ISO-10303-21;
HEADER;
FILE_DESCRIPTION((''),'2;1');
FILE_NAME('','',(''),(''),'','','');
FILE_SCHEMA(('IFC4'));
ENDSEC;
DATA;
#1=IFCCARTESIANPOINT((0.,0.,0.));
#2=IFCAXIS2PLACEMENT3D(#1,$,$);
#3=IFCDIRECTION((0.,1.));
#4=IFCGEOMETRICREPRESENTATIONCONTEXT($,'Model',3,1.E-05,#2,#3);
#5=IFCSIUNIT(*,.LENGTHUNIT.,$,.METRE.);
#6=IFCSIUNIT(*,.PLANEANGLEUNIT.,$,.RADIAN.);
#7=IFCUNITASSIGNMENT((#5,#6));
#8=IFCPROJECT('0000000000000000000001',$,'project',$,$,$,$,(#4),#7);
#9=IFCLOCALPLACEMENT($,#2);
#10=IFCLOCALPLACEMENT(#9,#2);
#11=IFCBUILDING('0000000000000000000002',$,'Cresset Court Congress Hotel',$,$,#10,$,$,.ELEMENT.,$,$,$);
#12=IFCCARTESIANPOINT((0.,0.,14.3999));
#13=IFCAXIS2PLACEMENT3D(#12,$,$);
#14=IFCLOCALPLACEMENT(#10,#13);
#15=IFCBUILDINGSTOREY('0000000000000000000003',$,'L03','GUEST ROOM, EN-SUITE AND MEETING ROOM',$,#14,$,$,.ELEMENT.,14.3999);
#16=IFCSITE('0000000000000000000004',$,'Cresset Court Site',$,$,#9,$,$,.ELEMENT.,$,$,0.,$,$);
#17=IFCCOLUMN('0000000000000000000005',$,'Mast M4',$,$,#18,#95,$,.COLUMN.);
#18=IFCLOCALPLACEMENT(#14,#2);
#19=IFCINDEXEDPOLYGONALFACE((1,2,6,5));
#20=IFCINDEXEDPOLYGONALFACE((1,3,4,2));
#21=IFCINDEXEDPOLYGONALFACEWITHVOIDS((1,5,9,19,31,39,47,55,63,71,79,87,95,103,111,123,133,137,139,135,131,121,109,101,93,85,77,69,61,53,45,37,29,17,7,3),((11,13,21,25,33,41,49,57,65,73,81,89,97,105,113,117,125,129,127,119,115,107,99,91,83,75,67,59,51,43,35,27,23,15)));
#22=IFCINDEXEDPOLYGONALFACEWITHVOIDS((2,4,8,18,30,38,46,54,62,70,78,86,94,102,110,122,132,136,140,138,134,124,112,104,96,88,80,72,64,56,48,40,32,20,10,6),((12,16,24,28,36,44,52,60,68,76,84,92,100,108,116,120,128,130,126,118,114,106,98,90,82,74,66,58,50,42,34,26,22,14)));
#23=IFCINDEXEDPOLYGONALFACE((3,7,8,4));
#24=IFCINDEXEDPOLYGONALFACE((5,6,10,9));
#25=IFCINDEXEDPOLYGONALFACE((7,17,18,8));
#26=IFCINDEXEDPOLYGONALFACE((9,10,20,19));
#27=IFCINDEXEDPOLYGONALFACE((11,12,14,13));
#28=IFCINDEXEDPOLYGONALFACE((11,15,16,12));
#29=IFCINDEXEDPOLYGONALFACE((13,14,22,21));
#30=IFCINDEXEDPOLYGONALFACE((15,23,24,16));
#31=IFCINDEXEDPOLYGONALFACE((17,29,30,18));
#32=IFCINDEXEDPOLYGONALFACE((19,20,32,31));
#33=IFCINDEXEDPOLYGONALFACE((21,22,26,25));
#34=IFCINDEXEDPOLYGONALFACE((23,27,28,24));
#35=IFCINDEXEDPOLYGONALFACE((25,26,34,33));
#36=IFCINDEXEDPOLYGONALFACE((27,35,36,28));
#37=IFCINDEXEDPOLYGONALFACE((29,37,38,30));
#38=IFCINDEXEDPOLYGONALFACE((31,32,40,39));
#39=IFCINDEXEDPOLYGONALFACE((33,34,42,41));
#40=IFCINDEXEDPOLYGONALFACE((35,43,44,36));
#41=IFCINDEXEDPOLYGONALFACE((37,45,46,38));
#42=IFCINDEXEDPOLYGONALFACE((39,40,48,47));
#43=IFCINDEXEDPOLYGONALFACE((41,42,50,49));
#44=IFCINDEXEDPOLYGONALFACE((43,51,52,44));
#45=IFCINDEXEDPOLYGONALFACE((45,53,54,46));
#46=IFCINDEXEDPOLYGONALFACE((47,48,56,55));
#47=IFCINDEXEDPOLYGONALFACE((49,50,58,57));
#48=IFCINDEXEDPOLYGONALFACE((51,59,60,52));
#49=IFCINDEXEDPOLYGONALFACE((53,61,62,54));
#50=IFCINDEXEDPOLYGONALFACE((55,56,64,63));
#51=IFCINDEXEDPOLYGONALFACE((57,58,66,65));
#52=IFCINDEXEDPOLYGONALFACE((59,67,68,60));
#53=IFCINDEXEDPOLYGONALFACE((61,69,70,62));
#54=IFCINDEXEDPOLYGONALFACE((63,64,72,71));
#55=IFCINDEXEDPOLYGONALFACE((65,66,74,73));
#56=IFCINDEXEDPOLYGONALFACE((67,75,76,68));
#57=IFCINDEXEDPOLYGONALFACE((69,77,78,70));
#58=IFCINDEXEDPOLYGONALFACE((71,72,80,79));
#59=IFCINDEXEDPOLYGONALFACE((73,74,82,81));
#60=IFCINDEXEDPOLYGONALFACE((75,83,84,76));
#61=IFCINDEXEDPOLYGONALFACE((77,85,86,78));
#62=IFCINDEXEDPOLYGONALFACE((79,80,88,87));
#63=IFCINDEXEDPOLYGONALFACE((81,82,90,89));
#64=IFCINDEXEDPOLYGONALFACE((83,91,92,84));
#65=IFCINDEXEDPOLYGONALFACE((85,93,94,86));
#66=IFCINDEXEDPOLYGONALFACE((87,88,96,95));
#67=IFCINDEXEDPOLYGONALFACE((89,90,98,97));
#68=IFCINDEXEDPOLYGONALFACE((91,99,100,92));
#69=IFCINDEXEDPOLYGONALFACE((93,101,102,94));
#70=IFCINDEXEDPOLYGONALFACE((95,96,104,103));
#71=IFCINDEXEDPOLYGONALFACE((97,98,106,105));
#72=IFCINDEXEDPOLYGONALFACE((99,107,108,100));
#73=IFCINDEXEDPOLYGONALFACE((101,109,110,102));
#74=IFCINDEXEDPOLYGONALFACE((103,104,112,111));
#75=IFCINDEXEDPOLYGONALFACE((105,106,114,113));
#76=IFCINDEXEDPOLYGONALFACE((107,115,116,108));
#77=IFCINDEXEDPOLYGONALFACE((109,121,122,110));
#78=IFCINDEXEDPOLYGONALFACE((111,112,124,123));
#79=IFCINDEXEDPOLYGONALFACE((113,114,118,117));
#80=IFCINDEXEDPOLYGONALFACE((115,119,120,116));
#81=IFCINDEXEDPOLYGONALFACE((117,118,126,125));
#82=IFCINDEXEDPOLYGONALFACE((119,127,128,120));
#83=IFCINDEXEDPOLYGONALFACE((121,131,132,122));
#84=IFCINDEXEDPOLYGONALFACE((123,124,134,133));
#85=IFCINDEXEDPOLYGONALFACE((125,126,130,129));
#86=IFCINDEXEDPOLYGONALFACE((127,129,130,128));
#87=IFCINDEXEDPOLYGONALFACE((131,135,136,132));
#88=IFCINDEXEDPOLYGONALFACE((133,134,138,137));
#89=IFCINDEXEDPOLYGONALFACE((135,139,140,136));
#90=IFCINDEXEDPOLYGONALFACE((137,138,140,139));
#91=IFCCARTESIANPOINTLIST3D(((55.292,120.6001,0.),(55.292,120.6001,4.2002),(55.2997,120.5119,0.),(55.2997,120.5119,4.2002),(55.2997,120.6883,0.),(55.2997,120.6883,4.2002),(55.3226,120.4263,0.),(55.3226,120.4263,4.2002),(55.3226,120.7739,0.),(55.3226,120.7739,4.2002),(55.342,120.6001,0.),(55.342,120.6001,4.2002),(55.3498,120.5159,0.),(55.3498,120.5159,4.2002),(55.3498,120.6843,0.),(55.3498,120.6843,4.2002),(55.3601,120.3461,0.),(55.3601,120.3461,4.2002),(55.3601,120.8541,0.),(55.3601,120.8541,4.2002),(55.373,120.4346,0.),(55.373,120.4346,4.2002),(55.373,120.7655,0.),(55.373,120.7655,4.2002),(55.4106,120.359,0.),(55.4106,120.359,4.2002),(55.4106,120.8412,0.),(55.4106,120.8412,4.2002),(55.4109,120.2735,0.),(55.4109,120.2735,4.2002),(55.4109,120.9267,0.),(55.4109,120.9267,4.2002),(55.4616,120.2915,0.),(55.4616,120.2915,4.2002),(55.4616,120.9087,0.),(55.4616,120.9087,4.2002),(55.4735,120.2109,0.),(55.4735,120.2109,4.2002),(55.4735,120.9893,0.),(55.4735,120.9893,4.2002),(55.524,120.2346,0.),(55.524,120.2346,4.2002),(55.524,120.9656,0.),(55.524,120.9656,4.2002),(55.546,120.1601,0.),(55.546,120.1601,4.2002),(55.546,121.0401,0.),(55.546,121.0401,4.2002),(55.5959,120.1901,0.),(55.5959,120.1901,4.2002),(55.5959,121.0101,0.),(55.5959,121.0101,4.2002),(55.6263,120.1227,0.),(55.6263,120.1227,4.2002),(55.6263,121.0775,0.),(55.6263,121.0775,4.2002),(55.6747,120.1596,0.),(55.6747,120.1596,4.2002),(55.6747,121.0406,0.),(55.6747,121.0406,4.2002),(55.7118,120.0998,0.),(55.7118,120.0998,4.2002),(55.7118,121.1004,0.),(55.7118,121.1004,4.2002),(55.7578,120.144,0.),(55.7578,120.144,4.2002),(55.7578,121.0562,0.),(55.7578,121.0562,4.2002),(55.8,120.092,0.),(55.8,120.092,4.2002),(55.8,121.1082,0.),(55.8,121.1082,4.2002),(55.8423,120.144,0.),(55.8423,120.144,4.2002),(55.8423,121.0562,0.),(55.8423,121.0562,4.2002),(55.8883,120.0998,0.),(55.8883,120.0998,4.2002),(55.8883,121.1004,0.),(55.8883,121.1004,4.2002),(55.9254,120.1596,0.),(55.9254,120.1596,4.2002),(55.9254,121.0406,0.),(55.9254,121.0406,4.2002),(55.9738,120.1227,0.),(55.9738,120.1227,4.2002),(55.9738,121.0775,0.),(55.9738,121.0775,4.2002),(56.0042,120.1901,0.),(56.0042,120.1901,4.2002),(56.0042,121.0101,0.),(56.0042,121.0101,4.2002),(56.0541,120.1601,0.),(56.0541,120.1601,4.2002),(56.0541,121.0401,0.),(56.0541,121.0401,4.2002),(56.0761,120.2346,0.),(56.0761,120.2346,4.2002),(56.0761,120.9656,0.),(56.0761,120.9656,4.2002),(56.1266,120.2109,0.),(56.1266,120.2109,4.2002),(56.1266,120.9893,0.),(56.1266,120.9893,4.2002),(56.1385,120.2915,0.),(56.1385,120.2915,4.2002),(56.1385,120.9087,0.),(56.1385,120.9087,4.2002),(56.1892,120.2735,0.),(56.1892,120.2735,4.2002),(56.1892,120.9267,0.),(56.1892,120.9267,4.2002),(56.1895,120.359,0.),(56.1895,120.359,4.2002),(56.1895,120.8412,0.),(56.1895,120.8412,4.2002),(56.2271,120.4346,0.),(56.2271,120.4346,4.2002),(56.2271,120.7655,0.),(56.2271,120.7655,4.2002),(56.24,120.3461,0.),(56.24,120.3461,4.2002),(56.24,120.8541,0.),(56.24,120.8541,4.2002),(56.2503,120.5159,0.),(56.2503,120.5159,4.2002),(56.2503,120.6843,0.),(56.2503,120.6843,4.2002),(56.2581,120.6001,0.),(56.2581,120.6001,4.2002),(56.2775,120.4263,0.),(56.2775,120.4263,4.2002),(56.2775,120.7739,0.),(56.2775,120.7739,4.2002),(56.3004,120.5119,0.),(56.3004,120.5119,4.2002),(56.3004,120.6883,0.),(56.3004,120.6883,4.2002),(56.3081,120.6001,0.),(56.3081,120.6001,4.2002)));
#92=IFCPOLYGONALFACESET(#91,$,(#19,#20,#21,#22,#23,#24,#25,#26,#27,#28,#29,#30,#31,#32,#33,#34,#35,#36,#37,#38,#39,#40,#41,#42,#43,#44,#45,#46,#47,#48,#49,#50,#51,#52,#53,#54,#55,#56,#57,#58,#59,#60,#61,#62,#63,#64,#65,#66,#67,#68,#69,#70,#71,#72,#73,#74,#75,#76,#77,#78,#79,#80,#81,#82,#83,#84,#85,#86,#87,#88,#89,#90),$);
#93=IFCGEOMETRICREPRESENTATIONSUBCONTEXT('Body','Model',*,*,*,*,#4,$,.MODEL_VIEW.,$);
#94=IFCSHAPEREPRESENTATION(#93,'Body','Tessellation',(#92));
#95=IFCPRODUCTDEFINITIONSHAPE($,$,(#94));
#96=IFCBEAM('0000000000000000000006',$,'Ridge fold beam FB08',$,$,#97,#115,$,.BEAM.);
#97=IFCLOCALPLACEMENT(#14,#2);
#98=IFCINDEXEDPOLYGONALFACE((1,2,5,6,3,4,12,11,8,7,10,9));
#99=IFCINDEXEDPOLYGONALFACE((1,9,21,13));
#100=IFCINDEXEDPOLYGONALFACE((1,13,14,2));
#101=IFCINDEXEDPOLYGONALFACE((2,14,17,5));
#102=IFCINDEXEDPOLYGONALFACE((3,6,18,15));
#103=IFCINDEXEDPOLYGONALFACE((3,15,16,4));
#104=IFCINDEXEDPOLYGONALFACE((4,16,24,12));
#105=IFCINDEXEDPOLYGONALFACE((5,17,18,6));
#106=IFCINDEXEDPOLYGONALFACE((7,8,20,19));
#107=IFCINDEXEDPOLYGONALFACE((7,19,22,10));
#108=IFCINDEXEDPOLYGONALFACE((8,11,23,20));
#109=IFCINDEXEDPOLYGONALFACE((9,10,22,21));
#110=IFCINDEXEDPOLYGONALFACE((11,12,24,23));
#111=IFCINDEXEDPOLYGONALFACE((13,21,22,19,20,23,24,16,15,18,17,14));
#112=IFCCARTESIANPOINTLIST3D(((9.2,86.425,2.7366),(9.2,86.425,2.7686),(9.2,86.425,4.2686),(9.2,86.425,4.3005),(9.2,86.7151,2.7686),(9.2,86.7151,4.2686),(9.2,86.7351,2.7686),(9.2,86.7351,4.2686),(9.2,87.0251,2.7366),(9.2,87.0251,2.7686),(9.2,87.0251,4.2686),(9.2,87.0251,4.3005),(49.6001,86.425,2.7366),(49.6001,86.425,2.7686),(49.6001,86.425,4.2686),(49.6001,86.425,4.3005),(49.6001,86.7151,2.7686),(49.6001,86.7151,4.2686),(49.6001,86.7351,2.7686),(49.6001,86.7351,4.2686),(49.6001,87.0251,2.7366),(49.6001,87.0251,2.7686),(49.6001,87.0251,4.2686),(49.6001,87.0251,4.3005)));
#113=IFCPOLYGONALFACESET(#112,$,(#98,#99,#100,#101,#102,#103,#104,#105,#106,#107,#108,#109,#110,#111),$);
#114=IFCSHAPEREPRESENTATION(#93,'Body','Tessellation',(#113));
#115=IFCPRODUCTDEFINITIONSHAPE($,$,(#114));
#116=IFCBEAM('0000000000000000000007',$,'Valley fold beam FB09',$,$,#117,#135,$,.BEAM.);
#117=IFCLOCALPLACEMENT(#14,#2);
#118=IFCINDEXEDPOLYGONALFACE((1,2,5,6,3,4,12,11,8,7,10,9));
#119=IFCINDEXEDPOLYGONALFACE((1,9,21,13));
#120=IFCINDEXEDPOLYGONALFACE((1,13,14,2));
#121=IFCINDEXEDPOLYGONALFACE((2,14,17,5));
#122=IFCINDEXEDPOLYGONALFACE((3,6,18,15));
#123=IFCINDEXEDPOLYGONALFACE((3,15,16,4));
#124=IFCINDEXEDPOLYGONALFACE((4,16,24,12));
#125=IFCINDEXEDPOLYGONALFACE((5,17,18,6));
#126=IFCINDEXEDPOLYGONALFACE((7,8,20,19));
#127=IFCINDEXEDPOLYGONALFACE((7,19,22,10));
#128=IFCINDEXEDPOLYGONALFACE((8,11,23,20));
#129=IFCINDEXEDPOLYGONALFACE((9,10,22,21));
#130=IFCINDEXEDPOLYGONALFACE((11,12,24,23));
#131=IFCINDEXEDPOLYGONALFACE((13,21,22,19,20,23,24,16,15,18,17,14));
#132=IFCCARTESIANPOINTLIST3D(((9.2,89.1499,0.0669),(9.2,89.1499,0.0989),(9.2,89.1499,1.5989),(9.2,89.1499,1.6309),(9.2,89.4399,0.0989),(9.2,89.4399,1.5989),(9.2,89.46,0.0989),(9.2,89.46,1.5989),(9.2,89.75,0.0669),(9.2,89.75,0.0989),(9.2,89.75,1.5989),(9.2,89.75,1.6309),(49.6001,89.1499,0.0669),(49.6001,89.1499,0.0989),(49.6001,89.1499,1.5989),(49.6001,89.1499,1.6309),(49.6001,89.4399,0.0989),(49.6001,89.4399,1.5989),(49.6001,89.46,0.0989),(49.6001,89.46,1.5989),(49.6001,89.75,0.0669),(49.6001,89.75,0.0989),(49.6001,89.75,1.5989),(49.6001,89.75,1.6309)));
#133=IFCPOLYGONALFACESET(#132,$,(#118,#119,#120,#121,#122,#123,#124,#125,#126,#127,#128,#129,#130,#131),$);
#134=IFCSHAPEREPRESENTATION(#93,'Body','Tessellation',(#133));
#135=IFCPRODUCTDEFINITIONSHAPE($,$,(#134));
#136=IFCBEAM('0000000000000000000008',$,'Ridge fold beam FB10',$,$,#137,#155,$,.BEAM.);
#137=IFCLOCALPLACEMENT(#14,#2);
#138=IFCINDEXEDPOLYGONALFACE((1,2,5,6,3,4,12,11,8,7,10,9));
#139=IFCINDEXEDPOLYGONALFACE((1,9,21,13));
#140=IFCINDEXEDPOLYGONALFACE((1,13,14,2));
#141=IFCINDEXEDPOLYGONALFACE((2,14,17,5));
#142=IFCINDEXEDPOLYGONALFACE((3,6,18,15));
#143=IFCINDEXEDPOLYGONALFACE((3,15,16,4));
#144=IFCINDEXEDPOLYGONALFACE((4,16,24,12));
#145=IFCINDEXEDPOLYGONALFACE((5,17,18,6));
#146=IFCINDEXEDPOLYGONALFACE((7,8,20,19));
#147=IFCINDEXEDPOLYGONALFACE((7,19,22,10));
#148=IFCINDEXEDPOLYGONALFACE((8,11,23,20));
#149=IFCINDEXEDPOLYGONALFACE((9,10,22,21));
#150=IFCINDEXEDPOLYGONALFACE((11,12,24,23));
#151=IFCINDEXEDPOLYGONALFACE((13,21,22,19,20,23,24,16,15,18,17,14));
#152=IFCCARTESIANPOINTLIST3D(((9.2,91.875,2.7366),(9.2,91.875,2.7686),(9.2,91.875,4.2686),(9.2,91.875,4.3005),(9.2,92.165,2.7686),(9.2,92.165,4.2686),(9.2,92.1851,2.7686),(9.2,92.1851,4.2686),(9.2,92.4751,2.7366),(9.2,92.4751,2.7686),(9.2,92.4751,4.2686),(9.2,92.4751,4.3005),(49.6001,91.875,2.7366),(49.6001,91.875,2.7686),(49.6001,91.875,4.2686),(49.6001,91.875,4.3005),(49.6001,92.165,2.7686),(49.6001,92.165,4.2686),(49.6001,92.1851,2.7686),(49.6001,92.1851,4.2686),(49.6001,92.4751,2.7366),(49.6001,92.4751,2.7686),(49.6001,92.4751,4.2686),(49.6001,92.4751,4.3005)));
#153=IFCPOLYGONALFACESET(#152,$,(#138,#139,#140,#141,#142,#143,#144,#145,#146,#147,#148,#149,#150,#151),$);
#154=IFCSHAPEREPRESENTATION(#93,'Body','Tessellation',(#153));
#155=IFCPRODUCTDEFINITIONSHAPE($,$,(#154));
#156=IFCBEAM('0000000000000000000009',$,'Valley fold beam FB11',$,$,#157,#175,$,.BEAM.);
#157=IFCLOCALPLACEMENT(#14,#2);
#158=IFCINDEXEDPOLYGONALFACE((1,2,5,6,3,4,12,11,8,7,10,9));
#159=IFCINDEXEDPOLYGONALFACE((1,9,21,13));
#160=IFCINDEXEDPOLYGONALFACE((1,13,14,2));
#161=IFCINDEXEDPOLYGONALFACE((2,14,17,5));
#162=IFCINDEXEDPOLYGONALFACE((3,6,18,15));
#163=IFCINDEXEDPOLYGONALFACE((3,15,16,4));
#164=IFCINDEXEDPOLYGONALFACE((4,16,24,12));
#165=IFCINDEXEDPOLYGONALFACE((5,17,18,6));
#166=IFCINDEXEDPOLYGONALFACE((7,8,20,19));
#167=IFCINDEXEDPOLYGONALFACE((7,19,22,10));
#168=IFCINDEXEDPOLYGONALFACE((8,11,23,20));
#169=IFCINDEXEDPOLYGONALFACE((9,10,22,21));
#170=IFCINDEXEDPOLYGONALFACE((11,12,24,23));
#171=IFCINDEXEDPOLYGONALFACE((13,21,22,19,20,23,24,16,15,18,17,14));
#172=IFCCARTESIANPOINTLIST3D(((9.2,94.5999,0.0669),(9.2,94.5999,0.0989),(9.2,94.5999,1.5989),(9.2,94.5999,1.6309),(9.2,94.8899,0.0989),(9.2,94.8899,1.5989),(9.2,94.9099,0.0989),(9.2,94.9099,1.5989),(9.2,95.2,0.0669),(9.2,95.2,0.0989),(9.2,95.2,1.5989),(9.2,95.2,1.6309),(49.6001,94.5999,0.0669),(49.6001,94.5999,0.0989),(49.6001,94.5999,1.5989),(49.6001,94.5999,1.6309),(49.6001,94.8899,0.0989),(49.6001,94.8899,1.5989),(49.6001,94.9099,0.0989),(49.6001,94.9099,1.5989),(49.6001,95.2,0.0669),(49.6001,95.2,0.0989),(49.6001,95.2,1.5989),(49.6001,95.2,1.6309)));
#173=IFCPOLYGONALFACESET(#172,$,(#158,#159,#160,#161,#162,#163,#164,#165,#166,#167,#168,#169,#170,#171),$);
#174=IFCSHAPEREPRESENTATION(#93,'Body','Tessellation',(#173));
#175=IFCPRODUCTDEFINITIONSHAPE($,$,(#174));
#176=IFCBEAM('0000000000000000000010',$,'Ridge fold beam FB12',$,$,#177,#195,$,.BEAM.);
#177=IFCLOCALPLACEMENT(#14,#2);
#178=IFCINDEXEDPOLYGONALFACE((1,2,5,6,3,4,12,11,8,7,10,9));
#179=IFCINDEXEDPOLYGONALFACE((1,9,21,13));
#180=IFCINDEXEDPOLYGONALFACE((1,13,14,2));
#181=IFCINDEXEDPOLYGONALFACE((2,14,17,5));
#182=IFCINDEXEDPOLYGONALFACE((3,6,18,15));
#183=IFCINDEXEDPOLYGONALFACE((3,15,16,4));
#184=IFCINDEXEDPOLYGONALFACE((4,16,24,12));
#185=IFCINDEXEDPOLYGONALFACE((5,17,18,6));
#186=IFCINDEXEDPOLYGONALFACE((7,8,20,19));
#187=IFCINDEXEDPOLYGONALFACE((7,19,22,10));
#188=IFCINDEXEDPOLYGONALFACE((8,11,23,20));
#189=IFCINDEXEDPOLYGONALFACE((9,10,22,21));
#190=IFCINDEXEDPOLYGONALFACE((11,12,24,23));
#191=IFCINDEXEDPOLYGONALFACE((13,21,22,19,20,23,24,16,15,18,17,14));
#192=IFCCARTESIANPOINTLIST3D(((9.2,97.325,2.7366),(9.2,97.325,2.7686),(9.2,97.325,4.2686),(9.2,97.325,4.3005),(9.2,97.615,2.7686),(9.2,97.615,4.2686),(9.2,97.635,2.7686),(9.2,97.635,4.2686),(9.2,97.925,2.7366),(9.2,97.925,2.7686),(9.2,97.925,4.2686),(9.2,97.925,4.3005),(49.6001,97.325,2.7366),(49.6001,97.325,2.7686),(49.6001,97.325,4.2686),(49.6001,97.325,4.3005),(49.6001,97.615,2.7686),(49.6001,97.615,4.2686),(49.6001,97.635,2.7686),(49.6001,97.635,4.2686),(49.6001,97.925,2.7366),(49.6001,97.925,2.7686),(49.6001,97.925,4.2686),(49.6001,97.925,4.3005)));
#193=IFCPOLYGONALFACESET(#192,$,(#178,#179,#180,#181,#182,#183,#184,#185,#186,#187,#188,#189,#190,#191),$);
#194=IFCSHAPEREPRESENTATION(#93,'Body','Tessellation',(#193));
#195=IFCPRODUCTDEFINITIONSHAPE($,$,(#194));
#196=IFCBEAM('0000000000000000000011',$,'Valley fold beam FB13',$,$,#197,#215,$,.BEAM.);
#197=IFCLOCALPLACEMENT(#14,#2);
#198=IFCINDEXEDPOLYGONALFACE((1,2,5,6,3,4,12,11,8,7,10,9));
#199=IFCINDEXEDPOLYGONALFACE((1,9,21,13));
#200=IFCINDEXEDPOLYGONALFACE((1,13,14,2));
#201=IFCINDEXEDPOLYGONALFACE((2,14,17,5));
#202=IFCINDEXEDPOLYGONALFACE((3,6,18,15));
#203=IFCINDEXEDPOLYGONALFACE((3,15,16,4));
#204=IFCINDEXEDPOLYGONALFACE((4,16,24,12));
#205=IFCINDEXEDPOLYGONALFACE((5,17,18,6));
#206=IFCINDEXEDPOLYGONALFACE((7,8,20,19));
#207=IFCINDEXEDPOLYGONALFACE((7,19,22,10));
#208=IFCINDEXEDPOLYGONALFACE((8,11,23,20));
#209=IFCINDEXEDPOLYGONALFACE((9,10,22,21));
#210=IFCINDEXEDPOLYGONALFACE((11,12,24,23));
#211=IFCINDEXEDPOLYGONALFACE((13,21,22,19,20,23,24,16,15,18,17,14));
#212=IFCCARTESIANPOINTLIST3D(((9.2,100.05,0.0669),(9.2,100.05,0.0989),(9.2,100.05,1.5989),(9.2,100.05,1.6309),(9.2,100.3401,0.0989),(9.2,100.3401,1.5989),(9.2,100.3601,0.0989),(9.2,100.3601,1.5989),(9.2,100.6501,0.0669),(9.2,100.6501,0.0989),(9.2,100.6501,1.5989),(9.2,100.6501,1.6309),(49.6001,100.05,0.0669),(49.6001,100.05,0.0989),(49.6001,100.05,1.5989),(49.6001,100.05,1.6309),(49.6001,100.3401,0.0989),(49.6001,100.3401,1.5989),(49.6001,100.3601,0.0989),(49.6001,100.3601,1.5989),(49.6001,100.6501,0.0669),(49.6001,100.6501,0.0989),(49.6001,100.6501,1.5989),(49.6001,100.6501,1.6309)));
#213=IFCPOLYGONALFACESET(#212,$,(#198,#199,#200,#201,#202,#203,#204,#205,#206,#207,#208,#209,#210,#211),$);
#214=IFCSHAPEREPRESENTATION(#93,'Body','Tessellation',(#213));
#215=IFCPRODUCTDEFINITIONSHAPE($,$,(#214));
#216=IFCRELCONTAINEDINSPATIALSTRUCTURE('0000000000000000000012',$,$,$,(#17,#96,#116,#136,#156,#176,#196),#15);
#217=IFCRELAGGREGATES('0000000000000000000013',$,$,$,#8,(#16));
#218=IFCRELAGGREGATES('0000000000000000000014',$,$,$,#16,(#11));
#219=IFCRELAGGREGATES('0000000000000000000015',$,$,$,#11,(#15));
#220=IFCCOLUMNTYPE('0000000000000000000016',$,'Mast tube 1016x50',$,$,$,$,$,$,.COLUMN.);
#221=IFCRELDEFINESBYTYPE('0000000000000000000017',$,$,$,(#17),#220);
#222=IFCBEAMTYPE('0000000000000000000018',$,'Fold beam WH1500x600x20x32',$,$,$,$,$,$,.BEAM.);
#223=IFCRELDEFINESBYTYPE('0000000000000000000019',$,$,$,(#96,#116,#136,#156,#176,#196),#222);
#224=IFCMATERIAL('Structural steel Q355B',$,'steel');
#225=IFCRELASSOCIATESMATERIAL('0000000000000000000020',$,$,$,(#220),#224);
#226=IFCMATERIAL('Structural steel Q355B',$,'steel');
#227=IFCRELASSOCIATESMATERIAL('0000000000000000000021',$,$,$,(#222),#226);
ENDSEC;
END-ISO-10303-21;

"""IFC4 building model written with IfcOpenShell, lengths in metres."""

from ifc_helpers import new_model, si_unit, direction, frame, origin, origin_2d, place, context, subcontext, project, spatial, hollow_circle, i_section, extrude, material, material_profile, profile_set, type_object, element, save


model = new_model("IFC4")

# Units and contexts
model_context = context("Model", 3, precision=1e-05, world=origin(), true_north=direction((0.0, 1.0)))
body_context = subcontext(model_context, "Body", "Model", "MODEL_VIEW")
ifc_project = project(units=[si_unit("LENGTHUNIT", "METRE"), si_unit("PLANEANGLEUNIT", "RADIAN")], contexts=[model_context])

# Site, building, storey
site_placement = place(None, origin())
site = spatial("IfcSite", under=ifc_project, at=site_placement, Name="Cresset Court Site", CompositionType="ELEMENT", RefElevation=0.0)
building_placement = place(site_placement, origin())
building = spatial("IfcBuilding", under=site, at=building_placement, Name="Cresset Court Congress Hotel", CompositionType="ELEMENT")
storey_placement = place(building_placement, frame((0.0, 0.0, 14.3999)))
storey = spatial("IfcBuildingStorey", under=building, at=storey_placement, Name="L03", Description="GUEST ROOM, EN-SUITE AND MEETING ROOM", CompositionType="ELEMENT", Elevation=14.3999)

# Column
ifc_material_1 = material(Name="Structural steel Q355B", Category="steel")
ifc_material_profile_1 = material_profile(ifc_material_1, hollow_circle(Radius=0.5081, WallThickness=0.05, at=origin_2d()), Name="CHS1016x50")
ifc_profile_set_1 = profile_set([ifc_material_profile_1], Name="Structural steel Q355B")
column_type = type_object("IfcColumnType", Name="Mast tube 1016x50", PredefinedType="COLUMN", material=ifc_profile_set_1)
column_placement = place(storey_placement, frame((55.8, 120.6001, 0.0), z_axis=(0.0, 0.0, 1.0), x_axis=(1.0, 0.0, 0.0)))
element("IfcColumn", 1, at=column_placement, inside=storey, type_object=column_type, Name="Mast M4", PredefinedType="COLUMN", context=body_context, shape_type="SweptSolid", body=[
    extrude(hollow_circle(Radius=0.5081, WallThickness=0.05, at=origin_2d()), origin(), (0.0, 0.0, 1.0), 4.2002),
])

# Beams
ifc_material_2 = material(Name="Structural steel Q355B", Category="steel")
ifc_material_profile_2 = material_profile(ifc_material_2, i_section(OverallWidth=0.6001, OverallDepth=1.564, WebThickness=0.02, FlangeThickness=0.032, at=origin_2d()), Name="WH1500x600x20x32")
ifc_profile_set_2 = profile_set([ifc_material_profile_2], Name="Structural steel Q355B")
beam_type = type_object("IfcBeamType", Name="Fold beam WH1500x600x20x32", PredefinedType="BEAM", material=ifc_profile_set_2)
for number, where, z_axis, x_axis, name in (
    (2, (9.2, 86.7251, 3.5186), (1.0, 0.0, 0.0), (0.0, 1.0, 0.0), "Ridge fold beam FB08"),
    (3, (9.2, 89.45, 0.8489), (1.0, 0.0, 0.0), (0.0, 1.0, 0.0), "Valley fold beam FB09"),
    (4, (9.2, 92.175, 3.5186), (1.0, 0.0, 0.0), (0.0, 1.0, 0.0), "Ridge fold beam FB10"),
    (5, (9.2, 94.8999, 0.8489), (1.0, 0.0, 0.0), (0.0, 1.0, 0.0), "Valley fold beam FB11"),
    (6, (9.2, 97.625, 3.5186), (1.0, 0.0, 0.0), (0.0, 1.0, 0.0), "Ridge fold beam FB12"),
    (7, (9.2, 100.3501, 0.8489), (1.0, 0.0, 0.0), (0.0, 1.0, 0.0), "Valley fold beam FB13"),
):
    element("IfcBeam", number, at=place(storey_placement, frame(where, z_axis=z_axis, x_axis=x_axis)), inside=storey, type_object=beam_type, Name=name, PredefinedType="BEAM", context=body_context, shape_type="SweptSolid", body=[
        extrude(i_section(OverallWidth=0.6001, OverallDepth=1.564, WebThickness=0.02, FlangeThickness=0.032, at=origin_2d()), origin(), (0.0, 0.0, 1.0), 40.4001),
    ])

save(model, "model.ifc")
